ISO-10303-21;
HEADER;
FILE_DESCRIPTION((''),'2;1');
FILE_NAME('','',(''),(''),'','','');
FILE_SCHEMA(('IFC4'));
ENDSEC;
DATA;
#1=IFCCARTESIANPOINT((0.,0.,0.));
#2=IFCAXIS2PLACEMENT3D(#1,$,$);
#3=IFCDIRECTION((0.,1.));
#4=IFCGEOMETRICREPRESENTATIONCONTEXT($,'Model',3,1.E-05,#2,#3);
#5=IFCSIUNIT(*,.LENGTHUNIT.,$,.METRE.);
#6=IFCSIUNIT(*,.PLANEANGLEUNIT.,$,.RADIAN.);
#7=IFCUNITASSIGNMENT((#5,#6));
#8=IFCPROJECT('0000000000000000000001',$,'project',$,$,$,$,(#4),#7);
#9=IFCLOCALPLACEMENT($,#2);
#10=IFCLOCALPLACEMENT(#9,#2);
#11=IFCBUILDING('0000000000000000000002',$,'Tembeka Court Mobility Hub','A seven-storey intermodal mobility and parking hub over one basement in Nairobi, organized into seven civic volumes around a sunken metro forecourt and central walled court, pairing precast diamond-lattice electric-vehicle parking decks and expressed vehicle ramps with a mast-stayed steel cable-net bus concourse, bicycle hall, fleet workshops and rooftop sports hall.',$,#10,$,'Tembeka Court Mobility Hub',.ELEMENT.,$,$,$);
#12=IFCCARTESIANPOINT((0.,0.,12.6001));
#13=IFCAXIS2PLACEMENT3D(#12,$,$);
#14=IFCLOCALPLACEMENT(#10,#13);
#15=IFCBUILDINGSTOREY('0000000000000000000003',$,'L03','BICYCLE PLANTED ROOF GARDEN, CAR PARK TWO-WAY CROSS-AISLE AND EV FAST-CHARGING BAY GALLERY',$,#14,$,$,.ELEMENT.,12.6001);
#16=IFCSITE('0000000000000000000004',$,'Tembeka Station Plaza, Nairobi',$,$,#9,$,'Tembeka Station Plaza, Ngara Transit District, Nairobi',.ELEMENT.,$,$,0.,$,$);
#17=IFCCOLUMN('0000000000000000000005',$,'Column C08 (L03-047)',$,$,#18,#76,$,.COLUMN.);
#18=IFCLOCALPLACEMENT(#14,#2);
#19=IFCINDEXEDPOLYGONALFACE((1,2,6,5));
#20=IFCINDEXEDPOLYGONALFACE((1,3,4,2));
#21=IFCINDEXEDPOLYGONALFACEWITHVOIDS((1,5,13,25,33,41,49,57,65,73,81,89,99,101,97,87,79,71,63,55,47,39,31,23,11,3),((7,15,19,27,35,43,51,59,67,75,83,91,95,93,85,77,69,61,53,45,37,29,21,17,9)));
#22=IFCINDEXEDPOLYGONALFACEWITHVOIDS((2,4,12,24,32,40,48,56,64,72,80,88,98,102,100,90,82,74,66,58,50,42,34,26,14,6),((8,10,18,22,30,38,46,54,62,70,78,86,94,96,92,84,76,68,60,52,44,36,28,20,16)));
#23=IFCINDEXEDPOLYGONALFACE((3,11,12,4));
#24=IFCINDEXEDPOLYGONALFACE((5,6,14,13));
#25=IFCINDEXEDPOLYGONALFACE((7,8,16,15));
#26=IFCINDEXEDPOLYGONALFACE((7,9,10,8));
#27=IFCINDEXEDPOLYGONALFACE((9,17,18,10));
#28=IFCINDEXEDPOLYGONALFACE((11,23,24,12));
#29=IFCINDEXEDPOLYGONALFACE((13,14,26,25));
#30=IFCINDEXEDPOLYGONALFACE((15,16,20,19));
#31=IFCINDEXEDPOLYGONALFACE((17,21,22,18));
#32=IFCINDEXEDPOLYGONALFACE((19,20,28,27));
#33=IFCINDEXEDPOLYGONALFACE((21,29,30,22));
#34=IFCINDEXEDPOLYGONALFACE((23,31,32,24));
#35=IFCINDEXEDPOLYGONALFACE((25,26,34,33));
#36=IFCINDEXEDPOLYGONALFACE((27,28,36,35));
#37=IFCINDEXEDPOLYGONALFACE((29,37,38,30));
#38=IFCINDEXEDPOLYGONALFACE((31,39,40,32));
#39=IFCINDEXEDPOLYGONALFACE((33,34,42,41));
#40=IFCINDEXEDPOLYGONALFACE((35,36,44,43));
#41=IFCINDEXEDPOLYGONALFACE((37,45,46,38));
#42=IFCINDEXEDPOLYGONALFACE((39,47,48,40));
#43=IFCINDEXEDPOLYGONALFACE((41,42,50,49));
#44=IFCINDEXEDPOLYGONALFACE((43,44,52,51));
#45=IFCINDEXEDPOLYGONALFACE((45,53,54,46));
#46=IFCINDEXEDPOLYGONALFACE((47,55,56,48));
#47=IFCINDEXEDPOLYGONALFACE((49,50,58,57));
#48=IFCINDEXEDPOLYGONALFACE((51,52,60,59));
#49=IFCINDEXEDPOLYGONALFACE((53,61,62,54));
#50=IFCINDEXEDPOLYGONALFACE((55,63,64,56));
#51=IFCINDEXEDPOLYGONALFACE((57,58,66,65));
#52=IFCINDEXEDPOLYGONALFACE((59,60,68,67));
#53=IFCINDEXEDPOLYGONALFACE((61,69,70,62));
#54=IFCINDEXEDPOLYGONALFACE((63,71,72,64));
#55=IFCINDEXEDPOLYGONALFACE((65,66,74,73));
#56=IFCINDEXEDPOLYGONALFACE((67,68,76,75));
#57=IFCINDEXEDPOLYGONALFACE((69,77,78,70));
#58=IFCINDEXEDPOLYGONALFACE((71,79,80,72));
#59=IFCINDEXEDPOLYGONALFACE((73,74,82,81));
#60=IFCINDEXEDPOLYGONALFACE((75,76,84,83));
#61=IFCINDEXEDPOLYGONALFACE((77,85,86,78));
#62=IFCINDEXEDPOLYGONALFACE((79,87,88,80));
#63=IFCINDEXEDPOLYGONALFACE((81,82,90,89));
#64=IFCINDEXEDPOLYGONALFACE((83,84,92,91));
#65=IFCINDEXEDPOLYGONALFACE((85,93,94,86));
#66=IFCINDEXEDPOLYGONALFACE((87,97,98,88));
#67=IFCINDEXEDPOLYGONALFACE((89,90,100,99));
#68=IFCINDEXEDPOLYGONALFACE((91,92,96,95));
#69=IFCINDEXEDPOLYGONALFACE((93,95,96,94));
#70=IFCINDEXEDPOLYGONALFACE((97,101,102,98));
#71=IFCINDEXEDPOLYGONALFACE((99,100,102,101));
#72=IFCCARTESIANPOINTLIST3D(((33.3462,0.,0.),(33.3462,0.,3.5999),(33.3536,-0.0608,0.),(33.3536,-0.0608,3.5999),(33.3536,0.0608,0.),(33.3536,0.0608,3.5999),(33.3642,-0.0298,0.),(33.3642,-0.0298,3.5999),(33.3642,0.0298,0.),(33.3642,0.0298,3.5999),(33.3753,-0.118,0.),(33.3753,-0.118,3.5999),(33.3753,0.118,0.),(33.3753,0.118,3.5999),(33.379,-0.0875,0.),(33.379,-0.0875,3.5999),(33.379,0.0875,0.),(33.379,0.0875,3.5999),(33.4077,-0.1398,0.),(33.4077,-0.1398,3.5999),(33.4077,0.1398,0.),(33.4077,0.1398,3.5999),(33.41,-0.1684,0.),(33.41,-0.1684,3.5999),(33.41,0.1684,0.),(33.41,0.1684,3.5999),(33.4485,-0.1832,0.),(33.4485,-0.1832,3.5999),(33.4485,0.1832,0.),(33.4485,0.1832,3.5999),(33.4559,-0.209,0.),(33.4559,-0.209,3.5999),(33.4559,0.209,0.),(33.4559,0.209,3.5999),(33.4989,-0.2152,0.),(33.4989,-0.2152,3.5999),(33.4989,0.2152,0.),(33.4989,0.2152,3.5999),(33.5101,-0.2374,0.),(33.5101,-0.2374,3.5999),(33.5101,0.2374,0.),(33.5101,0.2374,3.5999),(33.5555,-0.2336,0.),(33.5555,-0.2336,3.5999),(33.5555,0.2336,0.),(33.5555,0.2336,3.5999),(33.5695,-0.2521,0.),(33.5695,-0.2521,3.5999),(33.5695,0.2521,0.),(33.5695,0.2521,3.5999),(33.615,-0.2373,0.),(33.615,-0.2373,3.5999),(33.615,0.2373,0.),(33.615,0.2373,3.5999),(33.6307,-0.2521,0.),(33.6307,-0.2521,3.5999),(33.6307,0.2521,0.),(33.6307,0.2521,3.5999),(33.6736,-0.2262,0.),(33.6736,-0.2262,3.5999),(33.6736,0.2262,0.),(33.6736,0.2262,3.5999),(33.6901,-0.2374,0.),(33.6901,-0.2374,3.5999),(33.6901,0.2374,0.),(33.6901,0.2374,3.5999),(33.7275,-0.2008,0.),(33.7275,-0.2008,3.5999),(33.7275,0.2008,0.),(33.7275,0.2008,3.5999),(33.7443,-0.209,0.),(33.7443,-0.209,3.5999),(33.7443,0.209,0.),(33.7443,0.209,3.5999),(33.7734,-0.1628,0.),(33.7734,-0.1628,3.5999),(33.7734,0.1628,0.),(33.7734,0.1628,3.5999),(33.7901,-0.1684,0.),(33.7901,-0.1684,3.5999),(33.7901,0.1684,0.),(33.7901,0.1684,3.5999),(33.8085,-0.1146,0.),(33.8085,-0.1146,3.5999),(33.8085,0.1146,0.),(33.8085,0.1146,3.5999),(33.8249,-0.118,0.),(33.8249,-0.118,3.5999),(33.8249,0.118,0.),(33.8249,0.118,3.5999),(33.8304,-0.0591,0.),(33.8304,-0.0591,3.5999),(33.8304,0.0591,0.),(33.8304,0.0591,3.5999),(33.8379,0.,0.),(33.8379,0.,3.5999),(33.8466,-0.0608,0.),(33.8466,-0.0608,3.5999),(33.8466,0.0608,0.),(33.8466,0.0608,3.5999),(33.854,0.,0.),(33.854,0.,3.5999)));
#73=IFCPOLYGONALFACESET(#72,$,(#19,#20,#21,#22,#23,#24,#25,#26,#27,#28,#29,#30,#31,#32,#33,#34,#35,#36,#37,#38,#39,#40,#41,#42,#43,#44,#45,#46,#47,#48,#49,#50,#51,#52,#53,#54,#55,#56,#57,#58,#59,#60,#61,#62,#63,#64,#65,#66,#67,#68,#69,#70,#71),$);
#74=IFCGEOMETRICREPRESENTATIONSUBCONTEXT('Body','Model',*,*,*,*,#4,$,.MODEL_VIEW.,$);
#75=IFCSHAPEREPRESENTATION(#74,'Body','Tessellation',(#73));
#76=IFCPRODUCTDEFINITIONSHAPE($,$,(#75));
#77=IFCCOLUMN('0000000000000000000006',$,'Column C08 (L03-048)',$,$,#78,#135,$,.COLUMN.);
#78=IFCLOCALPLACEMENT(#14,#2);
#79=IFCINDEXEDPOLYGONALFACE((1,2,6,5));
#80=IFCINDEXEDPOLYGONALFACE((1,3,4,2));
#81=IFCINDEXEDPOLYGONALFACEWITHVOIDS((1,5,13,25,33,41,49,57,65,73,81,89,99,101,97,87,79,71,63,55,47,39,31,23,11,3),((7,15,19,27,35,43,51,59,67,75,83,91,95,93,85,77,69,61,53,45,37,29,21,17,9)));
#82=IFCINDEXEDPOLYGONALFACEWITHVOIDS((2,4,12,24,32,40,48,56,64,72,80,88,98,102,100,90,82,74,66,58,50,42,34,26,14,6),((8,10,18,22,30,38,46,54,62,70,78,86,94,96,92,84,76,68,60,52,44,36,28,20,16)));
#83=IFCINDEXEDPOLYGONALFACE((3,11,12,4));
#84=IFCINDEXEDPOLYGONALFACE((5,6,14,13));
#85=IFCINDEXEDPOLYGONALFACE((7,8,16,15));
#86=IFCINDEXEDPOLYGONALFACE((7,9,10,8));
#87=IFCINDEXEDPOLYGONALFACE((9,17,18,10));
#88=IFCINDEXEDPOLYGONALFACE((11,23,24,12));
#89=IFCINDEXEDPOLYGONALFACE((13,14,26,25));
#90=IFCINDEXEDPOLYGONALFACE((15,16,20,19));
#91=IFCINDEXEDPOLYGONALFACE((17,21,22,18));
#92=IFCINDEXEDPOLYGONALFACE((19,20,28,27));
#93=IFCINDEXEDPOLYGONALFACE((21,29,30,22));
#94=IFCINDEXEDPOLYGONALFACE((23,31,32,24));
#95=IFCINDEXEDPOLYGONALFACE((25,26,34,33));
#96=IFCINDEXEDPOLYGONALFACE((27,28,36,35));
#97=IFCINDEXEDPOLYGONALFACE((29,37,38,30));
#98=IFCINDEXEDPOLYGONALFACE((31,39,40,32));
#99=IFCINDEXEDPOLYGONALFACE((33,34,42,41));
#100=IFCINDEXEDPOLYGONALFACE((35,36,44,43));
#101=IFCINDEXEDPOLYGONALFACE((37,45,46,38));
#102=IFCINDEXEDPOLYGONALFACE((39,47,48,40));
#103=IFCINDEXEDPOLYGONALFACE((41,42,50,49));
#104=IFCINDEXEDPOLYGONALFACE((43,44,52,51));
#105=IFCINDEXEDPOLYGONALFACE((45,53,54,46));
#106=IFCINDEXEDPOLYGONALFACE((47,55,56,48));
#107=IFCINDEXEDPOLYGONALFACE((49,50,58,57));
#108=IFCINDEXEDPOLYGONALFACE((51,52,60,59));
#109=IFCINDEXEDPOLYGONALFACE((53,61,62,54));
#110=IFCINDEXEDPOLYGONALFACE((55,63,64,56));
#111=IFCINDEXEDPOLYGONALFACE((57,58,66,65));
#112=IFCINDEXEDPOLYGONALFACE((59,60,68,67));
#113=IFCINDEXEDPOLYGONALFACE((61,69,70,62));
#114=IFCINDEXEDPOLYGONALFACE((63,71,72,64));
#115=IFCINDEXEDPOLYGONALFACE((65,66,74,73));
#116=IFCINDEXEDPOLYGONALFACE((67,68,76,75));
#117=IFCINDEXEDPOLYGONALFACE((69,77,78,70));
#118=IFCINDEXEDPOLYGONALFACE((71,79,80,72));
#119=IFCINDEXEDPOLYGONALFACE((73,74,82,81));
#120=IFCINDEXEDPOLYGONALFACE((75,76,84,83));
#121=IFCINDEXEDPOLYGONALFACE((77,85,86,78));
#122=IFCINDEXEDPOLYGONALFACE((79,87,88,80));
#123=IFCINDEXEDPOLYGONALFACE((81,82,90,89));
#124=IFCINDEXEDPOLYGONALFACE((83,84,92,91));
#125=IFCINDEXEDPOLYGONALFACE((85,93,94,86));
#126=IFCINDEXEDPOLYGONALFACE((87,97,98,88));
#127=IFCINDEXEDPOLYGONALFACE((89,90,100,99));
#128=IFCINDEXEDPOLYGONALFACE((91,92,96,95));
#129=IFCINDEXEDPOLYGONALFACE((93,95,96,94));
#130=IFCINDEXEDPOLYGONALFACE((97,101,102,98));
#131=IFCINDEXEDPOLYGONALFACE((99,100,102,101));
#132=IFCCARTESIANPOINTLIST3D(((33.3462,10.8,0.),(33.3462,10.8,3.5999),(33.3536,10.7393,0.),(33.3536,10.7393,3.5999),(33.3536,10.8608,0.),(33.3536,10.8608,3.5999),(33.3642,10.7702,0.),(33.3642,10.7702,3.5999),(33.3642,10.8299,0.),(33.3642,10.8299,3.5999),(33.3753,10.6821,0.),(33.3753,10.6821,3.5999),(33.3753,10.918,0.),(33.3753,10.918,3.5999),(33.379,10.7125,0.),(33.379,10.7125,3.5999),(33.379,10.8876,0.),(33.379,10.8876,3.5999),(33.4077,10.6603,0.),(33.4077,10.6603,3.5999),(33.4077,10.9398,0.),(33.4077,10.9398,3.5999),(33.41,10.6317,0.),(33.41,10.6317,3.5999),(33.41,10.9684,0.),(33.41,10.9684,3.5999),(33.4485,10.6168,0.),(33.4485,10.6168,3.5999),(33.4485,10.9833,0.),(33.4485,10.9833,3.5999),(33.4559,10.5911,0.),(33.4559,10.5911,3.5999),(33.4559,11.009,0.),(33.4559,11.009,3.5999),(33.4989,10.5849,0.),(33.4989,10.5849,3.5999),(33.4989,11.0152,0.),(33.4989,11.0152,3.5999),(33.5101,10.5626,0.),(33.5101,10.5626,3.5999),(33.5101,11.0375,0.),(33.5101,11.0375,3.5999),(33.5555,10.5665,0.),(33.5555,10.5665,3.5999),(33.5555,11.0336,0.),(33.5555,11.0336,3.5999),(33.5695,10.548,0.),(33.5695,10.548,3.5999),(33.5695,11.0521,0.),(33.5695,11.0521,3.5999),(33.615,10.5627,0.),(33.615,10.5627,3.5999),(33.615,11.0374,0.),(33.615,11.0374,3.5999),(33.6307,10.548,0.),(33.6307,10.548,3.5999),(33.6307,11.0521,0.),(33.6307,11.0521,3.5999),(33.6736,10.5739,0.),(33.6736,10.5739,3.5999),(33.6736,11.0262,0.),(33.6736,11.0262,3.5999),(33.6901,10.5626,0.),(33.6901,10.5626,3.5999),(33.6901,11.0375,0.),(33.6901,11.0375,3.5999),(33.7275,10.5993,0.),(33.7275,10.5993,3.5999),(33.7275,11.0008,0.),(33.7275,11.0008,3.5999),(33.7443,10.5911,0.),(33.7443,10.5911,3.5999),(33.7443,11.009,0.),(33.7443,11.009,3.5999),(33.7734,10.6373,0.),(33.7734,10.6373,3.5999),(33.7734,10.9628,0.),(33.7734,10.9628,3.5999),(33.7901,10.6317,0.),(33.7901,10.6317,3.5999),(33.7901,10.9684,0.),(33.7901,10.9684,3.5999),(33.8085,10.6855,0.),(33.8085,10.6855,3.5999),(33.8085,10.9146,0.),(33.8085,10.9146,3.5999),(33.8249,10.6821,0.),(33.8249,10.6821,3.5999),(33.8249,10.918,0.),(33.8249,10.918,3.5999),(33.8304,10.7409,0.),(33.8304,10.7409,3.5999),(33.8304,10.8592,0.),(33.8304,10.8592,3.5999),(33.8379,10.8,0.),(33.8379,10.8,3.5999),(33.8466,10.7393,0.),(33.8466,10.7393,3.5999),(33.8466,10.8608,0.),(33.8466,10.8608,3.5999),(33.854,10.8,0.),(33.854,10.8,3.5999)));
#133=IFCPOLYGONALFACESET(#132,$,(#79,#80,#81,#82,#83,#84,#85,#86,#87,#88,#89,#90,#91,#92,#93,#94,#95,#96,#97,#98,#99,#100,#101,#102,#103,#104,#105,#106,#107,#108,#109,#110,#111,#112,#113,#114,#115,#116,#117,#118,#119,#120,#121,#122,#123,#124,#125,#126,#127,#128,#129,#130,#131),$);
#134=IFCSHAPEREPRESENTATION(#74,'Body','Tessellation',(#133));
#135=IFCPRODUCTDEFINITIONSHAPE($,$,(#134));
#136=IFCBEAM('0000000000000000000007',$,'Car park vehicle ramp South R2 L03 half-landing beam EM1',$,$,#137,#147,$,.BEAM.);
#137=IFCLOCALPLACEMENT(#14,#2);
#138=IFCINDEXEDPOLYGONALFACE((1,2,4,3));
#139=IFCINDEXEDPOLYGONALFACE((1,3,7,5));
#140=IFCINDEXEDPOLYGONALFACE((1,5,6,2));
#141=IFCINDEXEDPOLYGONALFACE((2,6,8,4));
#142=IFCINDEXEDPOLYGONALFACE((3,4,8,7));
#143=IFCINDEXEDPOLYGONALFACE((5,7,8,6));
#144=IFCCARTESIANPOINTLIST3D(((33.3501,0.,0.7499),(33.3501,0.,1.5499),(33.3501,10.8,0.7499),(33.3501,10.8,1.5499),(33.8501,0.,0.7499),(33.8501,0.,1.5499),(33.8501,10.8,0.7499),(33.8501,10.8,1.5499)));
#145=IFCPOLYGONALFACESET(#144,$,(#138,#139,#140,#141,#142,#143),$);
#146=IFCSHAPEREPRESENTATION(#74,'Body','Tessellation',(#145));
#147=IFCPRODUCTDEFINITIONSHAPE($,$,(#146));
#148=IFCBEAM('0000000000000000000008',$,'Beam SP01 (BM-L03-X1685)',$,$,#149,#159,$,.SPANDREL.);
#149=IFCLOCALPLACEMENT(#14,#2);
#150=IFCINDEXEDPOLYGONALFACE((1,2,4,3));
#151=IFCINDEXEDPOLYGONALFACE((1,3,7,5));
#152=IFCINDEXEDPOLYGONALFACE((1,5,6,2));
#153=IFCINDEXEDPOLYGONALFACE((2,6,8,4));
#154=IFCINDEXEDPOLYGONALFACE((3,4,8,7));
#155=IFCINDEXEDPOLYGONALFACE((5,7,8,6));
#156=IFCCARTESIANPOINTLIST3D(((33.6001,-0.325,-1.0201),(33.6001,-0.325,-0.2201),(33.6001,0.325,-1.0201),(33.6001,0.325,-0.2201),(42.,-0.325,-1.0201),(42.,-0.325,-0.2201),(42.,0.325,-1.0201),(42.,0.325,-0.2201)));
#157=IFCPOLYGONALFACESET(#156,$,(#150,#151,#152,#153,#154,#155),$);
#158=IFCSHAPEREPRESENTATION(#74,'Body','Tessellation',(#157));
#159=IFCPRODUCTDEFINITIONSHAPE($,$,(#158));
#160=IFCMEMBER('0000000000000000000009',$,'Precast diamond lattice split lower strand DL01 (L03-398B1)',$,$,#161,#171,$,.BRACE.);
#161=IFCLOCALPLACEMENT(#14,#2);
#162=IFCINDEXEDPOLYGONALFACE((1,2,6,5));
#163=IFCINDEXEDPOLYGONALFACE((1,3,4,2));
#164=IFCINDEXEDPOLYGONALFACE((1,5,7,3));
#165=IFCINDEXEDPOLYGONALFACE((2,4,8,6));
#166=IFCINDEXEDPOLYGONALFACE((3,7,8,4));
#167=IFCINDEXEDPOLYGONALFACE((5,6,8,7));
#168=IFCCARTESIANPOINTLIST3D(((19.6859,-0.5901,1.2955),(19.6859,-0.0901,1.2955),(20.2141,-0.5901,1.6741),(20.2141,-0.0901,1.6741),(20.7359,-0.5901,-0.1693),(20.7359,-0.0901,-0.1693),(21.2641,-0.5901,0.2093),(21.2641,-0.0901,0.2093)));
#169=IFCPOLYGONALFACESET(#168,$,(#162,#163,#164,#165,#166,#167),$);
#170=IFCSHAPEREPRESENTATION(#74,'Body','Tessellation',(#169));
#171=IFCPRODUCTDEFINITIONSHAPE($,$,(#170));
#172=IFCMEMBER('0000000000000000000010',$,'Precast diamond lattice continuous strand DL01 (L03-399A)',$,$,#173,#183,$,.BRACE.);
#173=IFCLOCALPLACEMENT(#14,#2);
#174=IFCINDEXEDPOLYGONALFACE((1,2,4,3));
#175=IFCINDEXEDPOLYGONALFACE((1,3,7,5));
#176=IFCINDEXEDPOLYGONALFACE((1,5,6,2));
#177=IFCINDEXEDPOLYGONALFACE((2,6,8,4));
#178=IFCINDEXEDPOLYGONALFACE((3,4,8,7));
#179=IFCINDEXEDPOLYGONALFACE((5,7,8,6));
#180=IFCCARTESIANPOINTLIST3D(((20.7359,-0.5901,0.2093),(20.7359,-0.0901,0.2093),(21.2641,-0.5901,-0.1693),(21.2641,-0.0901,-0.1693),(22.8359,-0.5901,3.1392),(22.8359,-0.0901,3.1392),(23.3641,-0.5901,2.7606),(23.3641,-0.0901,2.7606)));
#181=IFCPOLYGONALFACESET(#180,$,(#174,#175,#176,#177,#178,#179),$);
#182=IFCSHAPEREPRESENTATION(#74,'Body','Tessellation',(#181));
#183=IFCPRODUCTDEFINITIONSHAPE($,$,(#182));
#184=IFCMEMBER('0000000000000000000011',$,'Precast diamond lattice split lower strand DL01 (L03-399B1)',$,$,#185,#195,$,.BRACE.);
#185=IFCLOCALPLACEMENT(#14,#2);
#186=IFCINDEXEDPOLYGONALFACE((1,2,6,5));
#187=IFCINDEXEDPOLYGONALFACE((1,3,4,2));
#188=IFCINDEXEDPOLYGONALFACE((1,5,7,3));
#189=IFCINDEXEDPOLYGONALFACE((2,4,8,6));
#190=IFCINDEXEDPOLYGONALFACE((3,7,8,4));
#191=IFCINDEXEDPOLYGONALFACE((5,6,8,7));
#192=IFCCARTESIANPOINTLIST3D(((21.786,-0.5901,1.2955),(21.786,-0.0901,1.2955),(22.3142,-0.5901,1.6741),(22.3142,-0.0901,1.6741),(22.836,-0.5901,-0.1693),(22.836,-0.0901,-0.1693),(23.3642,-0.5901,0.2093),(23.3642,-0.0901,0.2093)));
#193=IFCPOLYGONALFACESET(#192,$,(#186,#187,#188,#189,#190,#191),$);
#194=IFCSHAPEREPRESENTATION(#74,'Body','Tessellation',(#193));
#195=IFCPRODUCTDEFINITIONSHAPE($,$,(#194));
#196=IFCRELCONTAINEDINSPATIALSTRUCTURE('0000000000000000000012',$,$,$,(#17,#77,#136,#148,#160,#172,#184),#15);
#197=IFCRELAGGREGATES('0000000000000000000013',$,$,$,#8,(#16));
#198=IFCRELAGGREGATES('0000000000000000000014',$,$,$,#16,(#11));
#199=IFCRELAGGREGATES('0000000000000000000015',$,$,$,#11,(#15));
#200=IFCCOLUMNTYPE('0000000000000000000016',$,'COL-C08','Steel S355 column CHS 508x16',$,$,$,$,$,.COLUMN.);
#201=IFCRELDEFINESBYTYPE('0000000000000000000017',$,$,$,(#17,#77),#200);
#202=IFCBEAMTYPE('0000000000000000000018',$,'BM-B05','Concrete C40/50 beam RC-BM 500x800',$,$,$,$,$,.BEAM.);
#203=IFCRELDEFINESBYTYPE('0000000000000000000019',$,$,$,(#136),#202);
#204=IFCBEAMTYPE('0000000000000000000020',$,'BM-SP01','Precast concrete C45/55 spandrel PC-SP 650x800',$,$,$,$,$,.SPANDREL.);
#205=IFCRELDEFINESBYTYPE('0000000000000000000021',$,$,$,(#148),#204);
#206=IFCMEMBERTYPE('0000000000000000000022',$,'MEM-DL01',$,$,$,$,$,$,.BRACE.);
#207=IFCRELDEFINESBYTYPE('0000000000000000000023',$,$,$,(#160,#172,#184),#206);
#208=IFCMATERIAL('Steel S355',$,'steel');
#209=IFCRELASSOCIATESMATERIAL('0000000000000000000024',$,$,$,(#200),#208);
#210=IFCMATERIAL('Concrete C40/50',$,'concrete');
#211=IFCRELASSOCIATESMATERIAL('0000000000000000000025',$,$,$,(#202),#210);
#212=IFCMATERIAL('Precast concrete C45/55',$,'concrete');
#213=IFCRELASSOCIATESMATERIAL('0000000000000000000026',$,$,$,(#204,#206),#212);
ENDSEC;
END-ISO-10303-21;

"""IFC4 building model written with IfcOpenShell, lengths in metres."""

from ifc_helpers import new_model, si_unit, direction, frame, origin, origin_2d, place, context, subcontext, project, spatial, rectangle, hollow_circle, extrude, material, material_profile, profile_set, type_object, element, save


model = new_model("IFC4")

# Units and contexts
model_context = context("Model", 3, precision=1e-05, world=origin(), true_north=direction((0.0, 1.0)))
body_context = subcontext(model_context, "Body", "Model", "MODEL_VIEW")
ifc_project = project(units=[si_unit("LENGTHUNIT", "METRE"), si_unit("PLANEANGLEUNIT", "RADIAN")], contexts=[model_context])

# Site, building, storey
site_placement = place(None, origin())
site = spatial("IfcSite", under=ifc_project, at=site_placement, Name="Tembeka Station Plaza, Nairobi", LongName="Tembeka Station Plaza, Ngara Transit District, Nairobi", CompositionType="ELEMENT", RefElevation=0.0)
building_placement = place(site_placement, origin())
building = spatial("IfcBuilding", under=site, at=building_placement, Name="Tembeka Court Mobility Hub", Description="A seven-storey intermodal mobility and parking hub over one basement in Nairobi, organized into seven civic volumes around a sunken metro forecourt and central walled court, pairing precast diamond-lattice electric-vehicle parking decks and expressed vehicle ramps with a mast-stayed steel cable-net bus concourse, bicycle hall, fleet workshops and rooftop sports hall.", LongName="Tembeka Court Mobility Hub", CompositionType="ELEMENT")
storey_placement = place(building_placement, frame((0.0, 0.0, 12.6001)))
storey = spatial("IfcBuildingStorey", under=building, at=storey_placement, Name="L03", Description="BICYCLE PLANTED ROOF GARDEN, CAR PARK TWO-WAY CROSS-AISLE AND EV FAST-CHARGING BAY GALLERY", CompositionType="ELEMENT", Elevation=12.6001)

# Columns
ifc_material_1 = material(Name="Steel S355", Category="steel")
ifc_material_profile_1 = material_profile(ifc_material_1, hollow_circle(Radius=0.2539, WallThickness=0.0161, at=origin_2d()), Name="CHS 508x16")
ifc_profile_set_1 = profile_set([ifc_material_profile_1], Name="Steel S355")
column_type = type_object("IfcColumnType", Name="COL-C08", Description="Steel S355 column CHS 508x16", PredefinedType="COLUMN", material=ifc_profile_set_1)
for number, where, z_axis, x_axis, name in (
    (1, (33.6001, 0.0, 0.0), (0.0, 0.0, 1.0), (1.0, 0.0, 0.0), "Column C08 (L03-047)"),
    (2, (33.6001, 10.8, 0.0), (0.0, 0.0, 1.0), (1.0, 0.0, 0.0), "Column C08 (L03-048)"),
):
    element("IfcColumn", number, at=place(storey_placement, frame(where, z_axis=z_axis, x_axis=x_axis)), inside=storey, type_object=column_type, Name=name, PredefinedType="COLUMN", context=body_context, shape_type="SweptSolid", body=[
        extrude(hollow_circle(Radius=0.2539, WallThickness=0.0161, at=origin_2d()), origin(), (0.0, 0.0, 1.0), 3.5999),
    ])

# Beams
ifc_material_2 = material(Name="Concrete C40/50", Category="concrete")
ifc_material_profile_2 = material_profile(ifc_material_2, rectangle(XDim=0.5, YDim=0.8, at=origin_2d()), Name="RC-BM 500x800")
ifc_profile_set_2 = profile_set([ifc_material_profile_2], Name="Concrete C40/50")
beam_type_1 = type_object("IfcBeamType", Name="BM-B05", Description="Concrete C40/50 beam RC-BM 500x800", PredefinedType="BEAM", material=ifc_profile_set_2)
beam_1_placement = place(storey_placement, frame((33.6001, 0.0, 1.1499), z_axis=(0.0, 1.0, 0.0), x_axis=(-1.0, 0.0, 0.0)))
element("IfcBeam", 3, at=beam_1_placement, inside=storey, type_object=beam_type_1, Name="Car park vehicle ramp South R2 L03 half-landing beam EM1", PredefinedType="BEAM", context=body_context, shape_type="SweptSolid", body=[
    extrude(rectangle(XDim=0.5, YDim=0.8, at=origin_2d()), origin(), (0.0, 0.0, 1.0), 10.8),
])
ifc_material_3 = material(Name="Precast concrete C45/55", Category="concrete")
ifc_material_profile_3 = material_profile(ifc_material_3, rectangle(XDim=0.6499, YDim=0.8, at=origin_2d()), Name="PC-SP 650x800")
ifc_profile_set_3 = profile_set([ifc_material_profile_3], Name="Precast concrete C45/55")
beam_type_2 = type_object("IfcBeamType", Name="BM-SP01", Description="Precast concrete C45/55 spandrel PC-SP 650x800", PredefinedType="SPANDREL", material=ifc_profile_set_3)
beam_2_placement = place(storey_placement, frame((33.6001, 0.0, -0.6201), z_axis=(1.0, 0.0, 0.0), x_axis=(0.0, 1.0, 0.0)))
element("IfcBeam", 4, at=beam_2_placement, inside=storey, type_object=beam_type_2, Name="Beam SP01 (BM-L03-X1685)", PredefinedType="SPANDREL", context=body_context, shape_type="SweptSolid", body=[
    extrude(rectangle(XDim=0.6499, YDim=0.8, at=origin_2d()), origin(), (0.0, 0.0, 1.0), 8.3999),
])

# Members
ifc_material_profile_4 = material_profile(ifc_material_3, rectangle(XDim=0.5, YDim=0.6499, at=origin_2d()), Name="PC-DIAG 500x650")
ifc_profile_set_4 = profile_set([ifc_material_profile_4], Name="Precast concrete C45/55")
member_type_1 = type_object("IfcMemberType", Name="MEM-DL01", PredefinedType="BRACE", material=ifc_profile_set_4)
member_1_placement = place(storey_placement, frame((21.0, -0.3401, 0.02), z_axis=(-0.582608, 0.0, 0.812753), x_axis=(0.0, -1.0, 0.0)))
element("IfcMember", 5, at=member_1_placement, inside=storey, type_object=member_type_1, Name="Precast diamond lattice split lower strand DL01 (L03-398B1)", PredefinedType="BRACE", context=body_context, shape_type="SweptSolid", body=[
    extrude(rectangle(XDim=0.5, YDim=0.6499, at=origin_2d()), origin(), (0.0, 0.0, 1.0), 1.8022),
])
member_2_placement = place(storey_placement, frame((21.0, -0.3401, 0.02), z_axis=(0.582576, 0.0, 0.812776), x_axis=(0.0, 1.0, 0.0)))
element("IfcMember", 6, at=member_2_placement, inside=storey, type_object=member_type_1, Name="Precast diamond lattice continuous strand DL01 (L03-399A)", PredefinedType="BRACE", context=body_context, shape_type="SweptSolid", body=[
    extrude(rectangle(XDim=0.5, YDim=0.6499, at=origin_2d()), origin(), (0.0, 0.0, 1.0), 3.6047),
])
member_3_placement = place(storey_placement, frame((23.1001, -0.3401, 0.02), z_axis=(-0.582608, 0.0, 0.812753), x_axis=(0.0, -1.0, 0.0)))
element("IfcMember", 7, at=member_3_placement, inside=storey, type_object=member_type_1, Name="Precast diamond lattice split lower strand DL01 (L03-399B1)", PredefinedType="BRACE", context=body_context, shape_type="SweptSolid", body=[
    extrude(rectangle(XDim=0.5, YDim=0.6499, at=origin_2d()), origin(), (0.0, 0.0, 1.0), 1.8022),
])

save(model, "model.ifc")
